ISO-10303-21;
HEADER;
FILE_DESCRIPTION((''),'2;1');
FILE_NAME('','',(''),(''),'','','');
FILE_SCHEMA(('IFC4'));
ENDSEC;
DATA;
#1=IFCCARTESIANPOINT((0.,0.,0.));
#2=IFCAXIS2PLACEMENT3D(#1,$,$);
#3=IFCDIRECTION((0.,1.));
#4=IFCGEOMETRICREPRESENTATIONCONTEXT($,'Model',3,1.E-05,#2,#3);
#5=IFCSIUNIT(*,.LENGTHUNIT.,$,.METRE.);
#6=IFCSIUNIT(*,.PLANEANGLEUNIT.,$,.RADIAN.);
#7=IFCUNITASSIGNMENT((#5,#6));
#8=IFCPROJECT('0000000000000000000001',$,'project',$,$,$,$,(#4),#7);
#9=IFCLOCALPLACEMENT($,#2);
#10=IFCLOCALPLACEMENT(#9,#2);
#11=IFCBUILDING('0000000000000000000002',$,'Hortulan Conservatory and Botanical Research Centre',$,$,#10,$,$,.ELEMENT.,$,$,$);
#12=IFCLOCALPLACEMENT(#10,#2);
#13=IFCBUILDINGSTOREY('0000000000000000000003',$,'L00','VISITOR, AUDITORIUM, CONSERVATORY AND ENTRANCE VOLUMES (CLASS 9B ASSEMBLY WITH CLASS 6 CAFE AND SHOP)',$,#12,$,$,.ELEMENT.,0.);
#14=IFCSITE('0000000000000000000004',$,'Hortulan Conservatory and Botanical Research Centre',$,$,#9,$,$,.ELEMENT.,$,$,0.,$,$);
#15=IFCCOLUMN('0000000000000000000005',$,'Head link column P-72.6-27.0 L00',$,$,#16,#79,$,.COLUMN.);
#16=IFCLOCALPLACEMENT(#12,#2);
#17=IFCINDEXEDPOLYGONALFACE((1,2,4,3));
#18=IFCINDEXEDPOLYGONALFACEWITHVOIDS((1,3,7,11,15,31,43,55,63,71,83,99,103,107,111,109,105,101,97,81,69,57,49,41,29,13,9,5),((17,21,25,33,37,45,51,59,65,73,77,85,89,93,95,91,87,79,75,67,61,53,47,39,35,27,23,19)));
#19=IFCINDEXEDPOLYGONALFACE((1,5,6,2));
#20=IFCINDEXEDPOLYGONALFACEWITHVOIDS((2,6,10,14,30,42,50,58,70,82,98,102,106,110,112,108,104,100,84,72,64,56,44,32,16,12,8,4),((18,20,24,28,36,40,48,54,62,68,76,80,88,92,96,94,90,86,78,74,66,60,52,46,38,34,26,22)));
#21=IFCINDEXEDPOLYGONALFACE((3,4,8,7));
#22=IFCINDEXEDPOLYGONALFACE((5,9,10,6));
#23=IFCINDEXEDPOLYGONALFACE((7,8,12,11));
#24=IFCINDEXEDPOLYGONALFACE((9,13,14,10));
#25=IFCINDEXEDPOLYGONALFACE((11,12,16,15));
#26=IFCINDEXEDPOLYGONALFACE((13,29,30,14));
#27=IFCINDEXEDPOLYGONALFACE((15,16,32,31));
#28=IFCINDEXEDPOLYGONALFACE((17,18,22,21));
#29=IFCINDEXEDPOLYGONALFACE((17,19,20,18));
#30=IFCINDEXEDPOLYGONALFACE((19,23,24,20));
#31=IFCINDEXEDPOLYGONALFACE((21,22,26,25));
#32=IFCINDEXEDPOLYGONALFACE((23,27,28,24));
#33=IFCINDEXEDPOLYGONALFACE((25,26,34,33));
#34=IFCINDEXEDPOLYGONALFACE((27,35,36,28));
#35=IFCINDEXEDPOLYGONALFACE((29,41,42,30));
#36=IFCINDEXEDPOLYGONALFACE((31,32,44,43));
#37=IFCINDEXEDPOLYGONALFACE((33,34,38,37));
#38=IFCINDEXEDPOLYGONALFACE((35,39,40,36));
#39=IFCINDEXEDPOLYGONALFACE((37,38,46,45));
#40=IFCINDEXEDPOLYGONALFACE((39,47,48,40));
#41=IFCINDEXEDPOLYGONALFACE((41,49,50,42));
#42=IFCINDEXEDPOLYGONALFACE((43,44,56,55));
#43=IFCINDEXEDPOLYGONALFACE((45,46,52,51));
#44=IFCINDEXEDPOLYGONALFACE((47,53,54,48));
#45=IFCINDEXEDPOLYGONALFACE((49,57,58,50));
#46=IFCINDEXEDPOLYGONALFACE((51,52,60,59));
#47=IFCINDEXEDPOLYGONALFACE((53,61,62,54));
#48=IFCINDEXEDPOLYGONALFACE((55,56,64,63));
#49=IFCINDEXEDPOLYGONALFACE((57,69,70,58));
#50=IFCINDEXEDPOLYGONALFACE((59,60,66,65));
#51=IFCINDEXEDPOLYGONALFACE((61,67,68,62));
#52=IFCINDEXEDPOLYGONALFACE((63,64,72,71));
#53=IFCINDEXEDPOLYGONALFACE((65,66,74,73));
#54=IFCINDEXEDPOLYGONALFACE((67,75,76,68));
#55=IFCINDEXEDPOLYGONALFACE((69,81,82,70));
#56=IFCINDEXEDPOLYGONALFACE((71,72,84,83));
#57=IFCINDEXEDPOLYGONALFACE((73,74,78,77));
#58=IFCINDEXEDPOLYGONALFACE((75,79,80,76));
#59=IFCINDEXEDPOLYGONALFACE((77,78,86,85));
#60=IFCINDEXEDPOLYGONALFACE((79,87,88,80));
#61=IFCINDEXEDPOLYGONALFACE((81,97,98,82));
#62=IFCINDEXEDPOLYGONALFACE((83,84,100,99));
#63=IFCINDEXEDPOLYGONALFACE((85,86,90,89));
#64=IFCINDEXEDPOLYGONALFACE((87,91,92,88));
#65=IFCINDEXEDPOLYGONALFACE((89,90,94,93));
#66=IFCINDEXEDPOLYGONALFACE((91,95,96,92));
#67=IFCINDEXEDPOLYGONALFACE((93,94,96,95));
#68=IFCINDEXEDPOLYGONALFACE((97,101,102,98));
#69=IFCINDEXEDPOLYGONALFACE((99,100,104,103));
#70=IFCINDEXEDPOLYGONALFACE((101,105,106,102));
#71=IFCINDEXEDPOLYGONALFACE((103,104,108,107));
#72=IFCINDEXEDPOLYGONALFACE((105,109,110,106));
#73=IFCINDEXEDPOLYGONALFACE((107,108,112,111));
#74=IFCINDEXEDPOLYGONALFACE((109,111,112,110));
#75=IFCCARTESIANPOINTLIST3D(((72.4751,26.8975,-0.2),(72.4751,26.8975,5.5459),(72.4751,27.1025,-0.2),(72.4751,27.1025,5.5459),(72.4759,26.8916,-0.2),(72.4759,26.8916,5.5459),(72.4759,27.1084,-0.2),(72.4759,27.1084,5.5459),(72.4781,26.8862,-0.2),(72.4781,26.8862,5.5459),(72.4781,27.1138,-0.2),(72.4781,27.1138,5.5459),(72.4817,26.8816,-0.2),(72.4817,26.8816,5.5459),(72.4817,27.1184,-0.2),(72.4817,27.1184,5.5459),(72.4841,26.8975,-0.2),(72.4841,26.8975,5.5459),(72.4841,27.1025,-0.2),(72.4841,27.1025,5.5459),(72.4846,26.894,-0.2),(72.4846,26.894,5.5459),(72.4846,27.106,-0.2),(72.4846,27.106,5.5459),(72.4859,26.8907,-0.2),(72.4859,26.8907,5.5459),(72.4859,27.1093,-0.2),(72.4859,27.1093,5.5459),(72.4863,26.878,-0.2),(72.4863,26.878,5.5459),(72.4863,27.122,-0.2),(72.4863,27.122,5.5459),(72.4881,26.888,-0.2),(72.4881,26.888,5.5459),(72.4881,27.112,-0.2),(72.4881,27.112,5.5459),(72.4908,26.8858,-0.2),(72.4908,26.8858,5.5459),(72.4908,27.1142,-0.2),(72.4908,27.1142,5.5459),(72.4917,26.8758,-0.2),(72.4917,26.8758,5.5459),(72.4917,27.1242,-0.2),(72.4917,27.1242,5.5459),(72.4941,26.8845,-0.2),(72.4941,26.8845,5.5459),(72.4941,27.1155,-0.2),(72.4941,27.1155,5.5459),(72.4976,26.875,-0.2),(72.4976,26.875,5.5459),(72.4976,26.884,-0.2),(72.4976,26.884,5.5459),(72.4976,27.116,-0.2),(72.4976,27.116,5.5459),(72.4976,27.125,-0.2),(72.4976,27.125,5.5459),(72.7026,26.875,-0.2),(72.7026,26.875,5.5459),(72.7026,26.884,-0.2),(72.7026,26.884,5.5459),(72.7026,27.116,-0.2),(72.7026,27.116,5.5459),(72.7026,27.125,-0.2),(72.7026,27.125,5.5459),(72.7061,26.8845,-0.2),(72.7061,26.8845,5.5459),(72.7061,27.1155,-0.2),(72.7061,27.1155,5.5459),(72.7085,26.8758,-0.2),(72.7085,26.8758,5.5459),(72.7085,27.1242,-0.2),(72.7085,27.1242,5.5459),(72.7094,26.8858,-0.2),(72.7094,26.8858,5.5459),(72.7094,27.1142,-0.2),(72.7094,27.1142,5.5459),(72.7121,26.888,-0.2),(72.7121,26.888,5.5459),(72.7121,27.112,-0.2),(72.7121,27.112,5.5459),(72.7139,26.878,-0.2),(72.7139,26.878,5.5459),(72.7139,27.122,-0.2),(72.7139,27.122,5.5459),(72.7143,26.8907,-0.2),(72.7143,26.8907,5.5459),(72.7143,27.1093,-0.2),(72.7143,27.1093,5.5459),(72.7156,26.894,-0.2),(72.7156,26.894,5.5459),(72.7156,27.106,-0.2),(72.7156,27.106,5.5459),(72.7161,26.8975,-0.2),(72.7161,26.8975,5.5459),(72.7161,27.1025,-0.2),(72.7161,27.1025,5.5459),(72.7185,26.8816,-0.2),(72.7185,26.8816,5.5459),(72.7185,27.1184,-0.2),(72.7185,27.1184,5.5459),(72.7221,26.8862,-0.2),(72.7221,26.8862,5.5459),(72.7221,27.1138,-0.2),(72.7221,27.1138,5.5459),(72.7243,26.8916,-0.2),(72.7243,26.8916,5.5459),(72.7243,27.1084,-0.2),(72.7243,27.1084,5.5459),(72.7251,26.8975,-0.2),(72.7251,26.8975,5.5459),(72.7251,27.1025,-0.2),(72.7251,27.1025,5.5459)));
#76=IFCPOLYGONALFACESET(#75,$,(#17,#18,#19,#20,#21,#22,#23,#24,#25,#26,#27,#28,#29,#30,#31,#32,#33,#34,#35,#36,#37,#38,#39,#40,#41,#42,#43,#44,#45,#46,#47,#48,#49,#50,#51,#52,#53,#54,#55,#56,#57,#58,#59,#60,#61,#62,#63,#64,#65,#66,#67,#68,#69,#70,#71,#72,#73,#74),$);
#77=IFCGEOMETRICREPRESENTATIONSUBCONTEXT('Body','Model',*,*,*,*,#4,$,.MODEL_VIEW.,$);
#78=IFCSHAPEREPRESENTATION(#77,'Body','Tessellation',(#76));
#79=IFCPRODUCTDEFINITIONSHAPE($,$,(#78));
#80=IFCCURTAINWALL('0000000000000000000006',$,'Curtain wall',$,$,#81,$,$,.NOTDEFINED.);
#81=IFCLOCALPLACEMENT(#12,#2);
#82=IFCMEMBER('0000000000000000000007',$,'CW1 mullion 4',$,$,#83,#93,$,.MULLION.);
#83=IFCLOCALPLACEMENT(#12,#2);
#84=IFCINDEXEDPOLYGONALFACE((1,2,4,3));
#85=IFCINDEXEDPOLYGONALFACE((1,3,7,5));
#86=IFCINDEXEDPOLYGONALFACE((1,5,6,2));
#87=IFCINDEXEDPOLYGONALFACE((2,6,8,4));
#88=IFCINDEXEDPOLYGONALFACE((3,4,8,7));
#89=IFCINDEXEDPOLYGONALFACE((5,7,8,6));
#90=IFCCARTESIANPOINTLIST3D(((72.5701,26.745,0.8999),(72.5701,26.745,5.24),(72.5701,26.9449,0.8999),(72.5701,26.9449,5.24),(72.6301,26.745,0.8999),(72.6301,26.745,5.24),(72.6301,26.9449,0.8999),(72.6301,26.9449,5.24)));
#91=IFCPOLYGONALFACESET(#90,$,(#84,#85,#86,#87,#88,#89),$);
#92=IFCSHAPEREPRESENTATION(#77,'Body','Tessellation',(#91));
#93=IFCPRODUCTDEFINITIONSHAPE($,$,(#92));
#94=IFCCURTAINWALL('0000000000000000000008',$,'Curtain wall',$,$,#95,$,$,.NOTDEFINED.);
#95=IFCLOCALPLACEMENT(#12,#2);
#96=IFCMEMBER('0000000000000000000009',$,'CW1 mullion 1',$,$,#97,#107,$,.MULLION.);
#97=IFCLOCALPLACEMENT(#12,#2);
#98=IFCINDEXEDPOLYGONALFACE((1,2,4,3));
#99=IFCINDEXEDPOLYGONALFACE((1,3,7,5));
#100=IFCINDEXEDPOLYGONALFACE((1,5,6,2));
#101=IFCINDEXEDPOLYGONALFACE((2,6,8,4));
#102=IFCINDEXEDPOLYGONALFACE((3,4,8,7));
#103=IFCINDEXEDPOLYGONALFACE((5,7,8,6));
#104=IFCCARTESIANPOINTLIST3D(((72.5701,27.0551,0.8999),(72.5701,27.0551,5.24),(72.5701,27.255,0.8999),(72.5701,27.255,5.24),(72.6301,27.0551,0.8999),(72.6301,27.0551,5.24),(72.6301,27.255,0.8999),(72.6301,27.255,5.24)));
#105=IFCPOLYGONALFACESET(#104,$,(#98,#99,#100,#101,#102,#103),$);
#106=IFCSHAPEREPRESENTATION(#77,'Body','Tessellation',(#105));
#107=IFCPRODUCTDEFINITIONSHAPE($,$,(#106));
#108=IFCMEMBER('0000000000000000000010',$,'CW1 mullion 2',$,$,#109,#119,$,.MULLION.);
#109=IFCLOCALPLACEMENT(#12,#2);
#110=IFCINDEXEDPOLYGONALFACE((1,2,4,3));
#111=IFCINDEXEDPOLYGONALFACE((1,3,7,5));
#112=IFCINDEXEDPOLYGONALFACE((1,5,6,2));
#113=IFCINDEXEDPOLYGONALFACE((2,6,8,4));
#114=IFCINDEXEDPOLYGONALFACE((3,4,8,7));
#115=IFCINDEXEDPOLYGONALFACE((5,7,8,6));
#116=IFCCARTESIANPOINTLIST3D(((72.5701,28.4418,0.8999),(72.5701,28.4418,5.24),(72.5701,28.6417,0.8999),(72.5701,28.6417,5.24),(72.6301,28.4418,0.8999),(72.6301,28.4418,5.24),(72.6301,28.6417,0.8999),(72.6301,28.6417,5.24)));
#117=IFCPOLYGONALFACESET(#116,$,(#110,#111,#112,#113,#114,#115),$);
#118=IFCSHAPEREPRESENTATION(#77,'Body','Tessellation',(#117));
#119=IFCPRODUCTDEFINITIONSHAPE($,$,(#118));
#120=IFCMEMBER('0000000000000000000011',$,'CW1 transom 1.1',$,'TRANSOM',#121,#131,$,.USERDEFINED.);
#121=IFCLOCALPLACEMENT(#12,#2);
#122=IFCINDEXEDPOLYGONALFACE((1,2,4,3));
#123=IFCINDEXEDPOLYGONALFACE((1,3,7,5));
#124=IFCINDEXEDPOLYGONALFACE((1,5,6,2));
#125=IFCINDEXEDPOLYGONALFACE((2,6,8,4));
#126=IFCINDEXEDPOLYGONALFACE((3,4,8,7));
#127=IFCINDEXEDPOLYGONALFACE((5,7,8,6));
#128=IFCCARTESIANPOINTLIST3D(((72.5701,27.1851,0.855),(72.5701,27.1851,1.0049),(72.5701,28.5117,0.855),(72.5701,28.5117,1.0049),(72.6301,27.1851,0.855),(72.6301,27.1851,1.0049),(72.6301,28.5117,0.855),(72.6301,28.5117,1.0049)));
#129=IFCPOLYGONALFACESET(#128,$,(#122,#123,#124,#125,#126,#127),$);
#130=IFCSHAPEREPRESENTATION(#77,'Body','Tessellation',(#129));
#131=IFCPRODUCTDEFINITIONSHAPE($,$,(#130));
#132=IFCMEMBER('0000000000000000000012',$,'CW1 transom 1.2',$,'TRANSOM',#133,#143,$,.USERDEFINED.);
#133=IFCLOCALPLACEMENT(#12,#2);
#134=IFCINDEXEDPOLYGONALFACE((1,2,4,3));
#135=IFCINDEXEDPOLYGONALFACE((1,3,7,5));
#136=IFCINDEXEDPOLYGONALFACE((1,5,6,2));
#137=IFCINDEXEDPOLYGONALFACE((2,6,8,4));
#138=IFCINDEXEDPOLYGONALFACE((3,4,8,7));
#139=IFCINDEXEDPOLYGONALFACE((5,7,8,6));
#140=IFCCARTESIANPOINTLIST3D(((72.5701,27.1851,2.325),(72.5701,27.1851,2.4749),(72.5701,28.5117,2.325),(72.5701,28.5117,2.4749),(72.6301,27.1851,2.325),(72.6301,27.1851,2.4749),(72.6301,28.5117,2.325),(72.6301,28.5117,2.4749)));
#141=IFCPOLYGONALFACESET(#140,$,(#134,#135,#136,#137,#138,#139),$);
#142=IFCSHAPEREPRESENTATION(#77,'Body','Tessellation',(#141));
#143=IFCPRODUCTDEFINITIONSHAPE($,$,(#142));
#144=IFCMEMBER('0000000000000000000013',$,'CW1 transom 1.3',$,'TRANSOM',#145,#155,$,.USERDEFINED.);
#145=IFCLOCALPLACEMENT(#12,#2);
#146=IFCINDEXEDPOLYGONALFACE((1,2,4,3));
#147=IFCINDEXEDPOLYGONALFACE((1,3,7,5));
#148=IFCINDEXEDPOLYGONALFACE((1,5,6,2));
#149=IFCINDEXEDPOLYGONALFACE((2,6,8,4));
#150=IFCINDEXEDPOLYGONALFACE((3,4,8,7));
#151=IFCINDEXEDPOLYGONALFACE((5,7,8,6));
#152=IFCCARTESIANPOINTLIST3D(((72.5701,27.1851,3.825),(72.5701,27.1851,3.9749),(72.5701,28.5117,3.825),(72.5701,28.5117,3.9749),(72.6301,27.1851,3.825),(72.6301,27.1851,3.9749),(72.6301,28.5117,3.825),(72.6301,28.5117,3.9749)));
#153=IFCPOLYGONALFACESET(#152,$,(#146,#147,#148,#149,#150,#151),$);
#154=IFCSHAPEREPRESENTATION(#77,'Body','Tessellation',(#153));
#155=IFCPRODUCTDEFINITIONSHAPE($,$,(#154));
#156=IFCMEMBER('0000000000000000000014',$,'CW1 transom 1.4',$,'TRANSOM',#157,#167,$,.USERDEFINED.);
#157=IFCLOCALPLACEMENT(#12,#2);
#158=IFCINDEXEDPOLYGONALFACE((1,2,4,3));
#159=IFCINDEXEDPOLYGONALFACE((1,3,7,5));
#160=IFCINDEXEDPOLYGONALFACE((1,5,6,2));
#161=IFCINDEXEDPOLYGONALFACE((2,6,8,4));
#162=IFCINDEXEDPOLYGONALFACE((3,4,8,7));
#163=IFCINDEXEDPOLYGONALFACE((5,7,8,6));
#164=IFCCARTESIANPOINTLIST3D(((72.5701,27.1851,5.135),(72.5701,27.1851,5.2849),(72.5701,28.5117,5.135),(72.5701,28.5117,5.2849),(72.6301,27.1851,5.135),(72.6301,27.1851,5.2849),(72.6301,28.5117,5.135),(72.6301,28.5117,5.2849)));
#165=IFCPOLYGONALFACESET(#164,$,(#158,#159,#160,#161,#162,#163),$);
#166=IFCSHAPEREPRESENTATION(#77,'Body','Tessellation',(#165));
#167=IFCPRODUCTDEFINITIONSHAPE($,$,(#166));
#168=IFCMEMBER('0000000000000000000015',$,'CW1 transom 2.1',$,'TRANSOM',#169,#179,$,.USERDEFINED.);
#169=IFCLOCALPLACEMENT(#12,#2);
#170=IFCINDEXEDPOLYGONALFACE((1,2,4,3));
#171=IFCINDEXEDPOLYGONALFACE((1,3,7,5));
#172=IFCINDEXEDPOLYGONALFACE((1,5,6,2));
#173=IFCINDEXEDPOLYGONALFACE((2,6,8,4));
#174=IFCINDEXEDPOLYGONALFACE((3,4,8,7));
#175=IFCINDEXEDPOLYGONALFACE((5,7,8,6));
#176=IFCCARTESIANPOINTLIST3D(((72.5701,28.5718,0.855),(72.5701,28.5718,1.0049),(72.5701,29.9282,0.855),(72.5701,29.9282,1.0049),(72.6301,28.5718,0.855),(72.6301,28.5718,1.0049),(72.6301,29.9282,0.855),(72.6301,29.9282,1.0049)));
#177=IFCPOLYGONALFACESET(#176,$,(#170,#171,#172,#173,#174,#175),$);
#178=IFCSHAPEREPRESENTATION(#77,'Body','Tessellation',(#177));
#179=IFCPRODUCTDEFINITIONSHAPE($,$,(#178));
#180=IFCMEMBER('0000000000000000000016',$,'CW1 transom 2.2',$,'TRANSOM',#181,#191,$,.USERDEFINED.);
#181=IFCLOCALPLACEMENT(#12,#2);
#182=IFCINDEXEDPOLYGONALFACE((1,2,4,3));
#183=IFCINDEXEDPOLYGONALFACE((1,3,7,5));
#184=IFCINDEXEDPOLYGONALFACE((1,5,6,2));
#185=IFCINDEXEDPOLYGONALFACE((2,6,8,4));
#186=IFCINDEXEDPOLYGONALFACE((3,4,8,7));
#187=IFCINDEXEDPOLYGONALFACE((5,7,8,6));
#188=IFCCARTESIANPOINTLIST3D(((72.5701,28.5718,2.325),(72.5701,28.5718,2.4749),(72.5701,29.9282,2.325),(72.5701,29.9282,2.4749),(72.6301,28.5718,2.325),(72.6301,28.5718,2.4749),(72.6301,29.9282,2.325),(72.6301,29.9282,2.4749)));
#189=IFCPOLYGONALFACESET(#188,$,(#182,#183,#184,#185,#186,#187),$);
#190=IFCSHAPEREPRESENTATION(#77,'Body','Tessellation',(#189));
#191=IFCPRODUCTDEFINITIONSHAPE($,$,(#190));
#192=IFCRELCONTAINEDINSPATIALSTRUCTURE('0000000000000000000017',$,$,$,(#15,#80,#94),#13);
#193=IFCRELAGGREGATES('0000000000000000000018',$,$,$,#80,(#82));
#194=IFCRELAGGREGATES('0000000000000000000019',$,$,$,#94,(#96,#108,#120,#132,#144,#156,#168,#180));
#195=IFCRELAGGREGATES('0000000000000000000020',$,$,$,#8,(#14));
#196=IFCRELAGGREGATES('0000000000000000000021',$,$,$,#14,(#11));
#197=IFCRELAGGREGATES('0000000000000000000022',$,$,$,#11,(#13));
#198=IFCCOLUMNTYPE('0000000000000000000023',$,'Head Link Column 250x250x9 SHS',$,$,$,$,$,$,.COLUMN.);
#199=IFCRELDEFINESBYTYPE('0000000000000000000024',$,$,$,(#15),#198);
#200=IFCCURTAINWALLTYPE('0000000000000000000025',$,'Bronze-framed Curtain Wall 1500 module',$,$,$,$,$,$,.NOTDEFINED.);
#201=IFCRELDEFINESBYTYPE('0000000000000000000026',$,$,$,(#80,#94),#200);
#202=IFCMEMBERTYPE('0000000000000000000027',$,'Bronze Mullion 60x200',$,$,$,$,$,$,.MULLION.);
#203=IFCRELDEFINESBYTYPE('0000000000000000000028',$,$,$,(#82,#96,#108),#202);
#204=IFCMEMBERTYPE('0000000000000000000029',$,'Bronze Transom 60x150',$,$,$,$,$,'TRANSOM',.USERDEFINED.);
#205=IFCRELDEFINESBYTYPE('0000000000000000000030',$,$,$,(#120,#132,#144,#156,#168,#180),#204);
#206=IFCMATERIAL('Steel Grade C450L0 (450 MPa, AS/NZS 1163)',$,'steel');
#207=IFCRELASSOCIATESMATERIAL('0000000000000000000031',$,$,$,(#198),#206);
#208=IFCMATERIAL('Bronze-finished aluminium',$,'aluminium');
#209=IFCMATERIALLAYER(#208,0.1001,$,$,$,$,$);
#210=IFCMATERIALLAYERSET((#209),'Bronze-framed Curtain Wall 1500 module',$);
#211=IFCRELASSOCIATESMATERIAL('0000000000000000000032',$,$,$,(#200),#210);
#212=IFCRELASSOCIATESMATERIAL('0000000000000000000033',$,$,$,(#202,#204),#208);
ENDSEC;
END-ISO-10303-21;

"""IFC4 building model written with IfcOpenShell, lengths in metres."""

from ifc_helpers import new_model, si_unit, direction, frame, origin, origin_2d, place, context, subcontext, project, spatial, rectangle, hollow_rectangle, extrude, material, layer, layer_set, material_profile, profile_set, type_object, element, aggregate, save


model = new_model("IFC4")

# Units and contexts
model_context = context("Model", 3, precision=1e-05, world=origin(), true_north=direction((0.0, 1.0)))
body_context = subcontext(model_context, "Body", "Model", "MODEL_VIEW")
ifc_project = project(units=[si_unit("LENGTHUNIT", "METRE"), si_unit("PLANEANGLEUNIT", "RADIAN")], contexts=[model_context])

# Site, building, storey
site_placement = place(None, origin())
site = spatial("IfcSite", under=ifc_project, at=site_placement, Name="Hortulan Conservatory and Botanical Research Centre", CompositionType="ELEMENT", RefElevation=0.0)
building_placement = place(site_placement, origin())
building = spatial("IfcBuilding", under=site, at=building_placement, Name="Hortulan Conservatory and Botanical Research Centre", CompositionType="ELEMENT")
storey_placement = place(building_placement, origin())
storey = spatial("IfcBuildingStorey", under=building, at=storey_placement, Name="L00", Description="VISITOR, AUDITORIUM, CONSERVATORY AND ENTRANCE VOLUMES (CLASS 9B ASSEMBLY WITH CLASS 6 CAFE AND SHOP)", CompositionType="ELEMENT", Elevation=0.0)

# Column
ifc_material_1 = material(Name="Steel Grade C450L0 (450 MPa, AS/NZS 1163)", Category="steel")
ifc_material_profile_1 = material_profile(ifc_material_1, hollow_rectangle(XDim=0.25, YDim=0.25, WallThickness=0.009, InnerFilletRadius=0.0134, OuterFilletRadius=0.0225, at=origin_2d()), Name="250x250x9SHS")
ifc_profile_set_1 = profile_set([ifc_material_profile_1], Name="Steel Grade C450L0 (450 MPa, AS/NZS 1163)")
column_type = type_object("IfcColumnType", Name="Head Link Column 250x250x9 SHS", PredefinedType="COLUMN", material=ifc_profile_set_1)
column_placement = place(storey_placement, frame((72.6001, 27.0, -0.2), z_axis=(0.0, 0.0, 1.0), x_axis=(1.0, 0.0, 0.0)))
element("IfcColumn", 1, at=column_placement, inside=storey, type_object=column_type, Name="Head link column P-72.6-27.0 L00", PredefinedType="COLUMN", context=body_context, shape_type="SweptSolid", body=[
    extrude(hollow_rectangle(XDim=0.25, YDim=0.25, WallThickness=0.009, InnerFilletRadius=0.0134, OuterFilletRadius=0.0225, at=origin_2d()), origin(), (0.0, 0.0, 1.0), 5.7458),
])

# Curtain wall, member
ifc_material_2 = material(Name="Bronze-finished aluminium", Category="aluminium")
ifc_layer_1 = layer(ifc_material_2, 0.1001)
ifc_layer_set_1 = layer_set([ifc_layer_1], Name="Bronze-framed Curtain Wall 1500 module")
curtain_wall_type = type_object("IfcCurtainWallType", Name="Bronze-framed Curtain Wall 1500 module", PredefinedType="NOTDEFINED", material=ifc_layer_set_1)
curtain_wall_1_placement = place(storey_placement, origin())
curtain_wall_1 = element("IfcCurtainWall", 2, at=curtain_wall_1_placement, inside=storey, type_object=curtain_wall_type, Name="Curtain wall", PredefinedType="NOTDEFINED")
ifc_material_profile_2 = material_profile(ifc_material_2, rectangle(XDim=0.0601, YDim=0.2, at=origin_2d()), Name="Bronze Mullion 60x200")
ifc_profile_set_2 = profile_set([ifc_material_profile_2], Name="Bronze-finished aluminium")
member_type_1 = type_object("IfcMemberType", Name="Bronze Mullion 60x200", PredefinedType="MULLION", material=ifc_profile_set_2)
member_1_placement = place(storey_placement, frame((72.6001, 26.845, 0.8999), z_axis=(0.0, 0.0, 1.0), x_axis=(-1.0, 0.0, 0.0)))
member_1 = element("IfcMember", 3, at=member_1_placement, type_object=member_type_1, Name="CW1 mullion 4", PredefinedType="MULLION", context=body_context, shape_type="SweptSolid", body=[
    extrude(rectangle(XDim=0.0601, YDim=0.2, at=origin_2d()), origin(), (0.0, 0.0, 1.0), 4.3401),
])

# Curtain wall, members
curtain_wall_2_placement = place(storey_placement, origin())
curtain_wall_2 = element("IfcCurtainWall", 4, at=curtain_wall_2_placement, inside=storey, type_object=curtain_wall_type, Name="Curtain wall", PredefinedType="NOTDEFINED")
member_2_placement = place(storey_placement, frame((72.6001, 27.155, 0.8999), z_axis=(0.0, 0.0, 1.0), x_axis=(-1.0, 0.0, 0.0)))
member_2 = element("IfcMember", 5, at=member_2_placement, type_object=member_type_1, Name="CW1 mullion 1", PredefinedType="MULLION", context=body_context, shape_type="SweptSolid", body=[
    extrude(rectangle(XDim=0.0601, YDim=0.2, at=origin_2d()), origin(), (0.0, 0.0, 1.0), 4.3401),
])
member_3_placement = place(storey_placement, frame((72.6001, 28.5417, 0.8999), z_axis=(0.0, 0.0, 1.0), x_axis=(-1.0, 0.0, 0.0)))
member_3 = element("IfcMember", 6, at=member_3_placement, type_object=member_type_1, Name="CW1 mullion 2", PredefinedType="MULLION", context=body_context, shape_type="SweptSolid", body=[
    extrude(rectangle(XDim=0.0601, YDim=0.2, at=origin_2d()), origin(), (0.0, 0.0, 1.0), 4.3401),
])
ifc_material_profile_3 = material_profile(ifc_material_2, rectangle(XDim=0.0601, YDim=0.1499, at=origin_2d()), Name="Bronze Transom 60x150")
ifc_profile_set_3 = profile_set([ifc_material_profile_3], Name="Bronze-finished aluminium")
member_type_2 = type_object("IfcMemberType", Name="Bronze Transom 60x150", ElementType="TRANSOM", PredefinedType="USERDEFINED", material=ifc_profile_set_3)
member_4_placement = place(storey_placement, frame((72.6001, 27.1851, 0.9299), z_axis=(0.0, 1.0, 0.0), x_axis=(-1.0, 0.0, 0.0)))
member_4 = element("IfcMember", 7, at=member_4_placement, type_object=member_type_2, Name="CW1 transom 1.1", ObjectType="TRANSOM", PredefinedType="USERDEFINED", context=body_context, shape_type="SweptSolid", body=[
    extrude(rectangle(XDim=0.0601, YDim=0.1499, at=origin_2d()), origin(), (0.0, 0.0, 1.0), 1.3267),
])
member_5_placement = place(storey_placement, frame((72.6001, 27.1851, 2.3999), z_axis=(0.0, 1.0, 0.0), x_axis=(-1.0, 0.0, 0.0)))
member_5 = element("IfcMember", 8, at=member_5_placement, type_object=member_type_2, Name="CW1 transom 1.2", ObjectType="TRANSOM", PredefinedType="USERDEFINED", context=body_context, shape_type="SweptSolid", body=[
    extrude(rectangle(XDim=0.0601, YDim=0.1499, at=origin_2d()), origin(), (0.0, 0.0, 1.0), 1.3267),
])
member_6_placement = place(storey_placement, frame((72.6001, 27.1851, 3.8999), z_axis=(0.0, 1.0, 0.0), x_axis=(-1.0, 0.0, 0.0)))
member_6 = element("IfcMember", 9, at=member_6_placement, type_object=member_type_2, Name="CW1 transom 1.3", ObjectType="TRANSOM", PredefinedType="USERDEFINED", context=body_context, shape_type="SweptSolid", body=[
    extrude(rectangle(XDim=0.0601, YDim=0.1499, at=origin_2d()), origin(), (0.0, 0.0, 1.0), 1.3267),
])
member_7_placement = place(storey_placement, frame((72.6001, 27.1851, 5.21), z_axis=(0.0, 1.0, 0.0), x_axis=(-1.0, 0.0, 0.0)))
member_7 = element("IfcMember", 10, at=member_7_placement, type_object=member_type_2, Name="CW1 transom 1.4", ObjectType="TRANSOM", PredefinedType="USERDEFINED", context=body_context, shape_type="SweptSolid", body=[
    extrude(rectangle(XDim=0.0601, YDim=0.1499, at=origin_2d()), origin(), (0.0, 0.0, 1.0), 1.3267),
])
member_8_placement = place(storey_placement, frame((72.6001, 28.5718, 0.9299), z_axis=(0.0, 1.0, 0.0), x_axis=(-1.0, 0.0, 0.0)))
member_8 = element("IfcMember", 11, at=member_8_placement, type_object=member_type_2, Name="CW1 transom 2.1", ObjectType="TRANSOM", PredefinedType="USERDEFINED", context=body_context, shape_type="SweptSolid", body=[
    extrude(rectangle(XDim=0.0601, YDim=0.1499, at=origin_2d()), origin(), (0.0, 0.0, 1.0), 1.3564),
])
member_9_placement = place(storey_placement, frame((72.6001, 28.5718, 2.3999), z_axis=(0.0, 1.0, 0.0), x_axis=(-1.0, 0.0, 0.0)))
member_9 = element("IfcMember", 12, at=member_9_placement, type_object=member_type_2, Name="CW1 transom 2.2", ObjectType="TRANSOM", PredefinedType="USERDEFINED", context=body_context, shape_type="SweptSolid", body=[
    extrude(rectangle(XDim=0.0601, YDim=0.1499, at=origin_2d()), origin(), (0.0, 0.0, 1.0), 1.3564),
])

aggregate(curtain_wall_1, [member_1])
aggregate(curtain_wall_2, [member_2, member_3, member_4, member_5, member_6, member_7, member_8, member_9])

save(model, "model.ifc")
